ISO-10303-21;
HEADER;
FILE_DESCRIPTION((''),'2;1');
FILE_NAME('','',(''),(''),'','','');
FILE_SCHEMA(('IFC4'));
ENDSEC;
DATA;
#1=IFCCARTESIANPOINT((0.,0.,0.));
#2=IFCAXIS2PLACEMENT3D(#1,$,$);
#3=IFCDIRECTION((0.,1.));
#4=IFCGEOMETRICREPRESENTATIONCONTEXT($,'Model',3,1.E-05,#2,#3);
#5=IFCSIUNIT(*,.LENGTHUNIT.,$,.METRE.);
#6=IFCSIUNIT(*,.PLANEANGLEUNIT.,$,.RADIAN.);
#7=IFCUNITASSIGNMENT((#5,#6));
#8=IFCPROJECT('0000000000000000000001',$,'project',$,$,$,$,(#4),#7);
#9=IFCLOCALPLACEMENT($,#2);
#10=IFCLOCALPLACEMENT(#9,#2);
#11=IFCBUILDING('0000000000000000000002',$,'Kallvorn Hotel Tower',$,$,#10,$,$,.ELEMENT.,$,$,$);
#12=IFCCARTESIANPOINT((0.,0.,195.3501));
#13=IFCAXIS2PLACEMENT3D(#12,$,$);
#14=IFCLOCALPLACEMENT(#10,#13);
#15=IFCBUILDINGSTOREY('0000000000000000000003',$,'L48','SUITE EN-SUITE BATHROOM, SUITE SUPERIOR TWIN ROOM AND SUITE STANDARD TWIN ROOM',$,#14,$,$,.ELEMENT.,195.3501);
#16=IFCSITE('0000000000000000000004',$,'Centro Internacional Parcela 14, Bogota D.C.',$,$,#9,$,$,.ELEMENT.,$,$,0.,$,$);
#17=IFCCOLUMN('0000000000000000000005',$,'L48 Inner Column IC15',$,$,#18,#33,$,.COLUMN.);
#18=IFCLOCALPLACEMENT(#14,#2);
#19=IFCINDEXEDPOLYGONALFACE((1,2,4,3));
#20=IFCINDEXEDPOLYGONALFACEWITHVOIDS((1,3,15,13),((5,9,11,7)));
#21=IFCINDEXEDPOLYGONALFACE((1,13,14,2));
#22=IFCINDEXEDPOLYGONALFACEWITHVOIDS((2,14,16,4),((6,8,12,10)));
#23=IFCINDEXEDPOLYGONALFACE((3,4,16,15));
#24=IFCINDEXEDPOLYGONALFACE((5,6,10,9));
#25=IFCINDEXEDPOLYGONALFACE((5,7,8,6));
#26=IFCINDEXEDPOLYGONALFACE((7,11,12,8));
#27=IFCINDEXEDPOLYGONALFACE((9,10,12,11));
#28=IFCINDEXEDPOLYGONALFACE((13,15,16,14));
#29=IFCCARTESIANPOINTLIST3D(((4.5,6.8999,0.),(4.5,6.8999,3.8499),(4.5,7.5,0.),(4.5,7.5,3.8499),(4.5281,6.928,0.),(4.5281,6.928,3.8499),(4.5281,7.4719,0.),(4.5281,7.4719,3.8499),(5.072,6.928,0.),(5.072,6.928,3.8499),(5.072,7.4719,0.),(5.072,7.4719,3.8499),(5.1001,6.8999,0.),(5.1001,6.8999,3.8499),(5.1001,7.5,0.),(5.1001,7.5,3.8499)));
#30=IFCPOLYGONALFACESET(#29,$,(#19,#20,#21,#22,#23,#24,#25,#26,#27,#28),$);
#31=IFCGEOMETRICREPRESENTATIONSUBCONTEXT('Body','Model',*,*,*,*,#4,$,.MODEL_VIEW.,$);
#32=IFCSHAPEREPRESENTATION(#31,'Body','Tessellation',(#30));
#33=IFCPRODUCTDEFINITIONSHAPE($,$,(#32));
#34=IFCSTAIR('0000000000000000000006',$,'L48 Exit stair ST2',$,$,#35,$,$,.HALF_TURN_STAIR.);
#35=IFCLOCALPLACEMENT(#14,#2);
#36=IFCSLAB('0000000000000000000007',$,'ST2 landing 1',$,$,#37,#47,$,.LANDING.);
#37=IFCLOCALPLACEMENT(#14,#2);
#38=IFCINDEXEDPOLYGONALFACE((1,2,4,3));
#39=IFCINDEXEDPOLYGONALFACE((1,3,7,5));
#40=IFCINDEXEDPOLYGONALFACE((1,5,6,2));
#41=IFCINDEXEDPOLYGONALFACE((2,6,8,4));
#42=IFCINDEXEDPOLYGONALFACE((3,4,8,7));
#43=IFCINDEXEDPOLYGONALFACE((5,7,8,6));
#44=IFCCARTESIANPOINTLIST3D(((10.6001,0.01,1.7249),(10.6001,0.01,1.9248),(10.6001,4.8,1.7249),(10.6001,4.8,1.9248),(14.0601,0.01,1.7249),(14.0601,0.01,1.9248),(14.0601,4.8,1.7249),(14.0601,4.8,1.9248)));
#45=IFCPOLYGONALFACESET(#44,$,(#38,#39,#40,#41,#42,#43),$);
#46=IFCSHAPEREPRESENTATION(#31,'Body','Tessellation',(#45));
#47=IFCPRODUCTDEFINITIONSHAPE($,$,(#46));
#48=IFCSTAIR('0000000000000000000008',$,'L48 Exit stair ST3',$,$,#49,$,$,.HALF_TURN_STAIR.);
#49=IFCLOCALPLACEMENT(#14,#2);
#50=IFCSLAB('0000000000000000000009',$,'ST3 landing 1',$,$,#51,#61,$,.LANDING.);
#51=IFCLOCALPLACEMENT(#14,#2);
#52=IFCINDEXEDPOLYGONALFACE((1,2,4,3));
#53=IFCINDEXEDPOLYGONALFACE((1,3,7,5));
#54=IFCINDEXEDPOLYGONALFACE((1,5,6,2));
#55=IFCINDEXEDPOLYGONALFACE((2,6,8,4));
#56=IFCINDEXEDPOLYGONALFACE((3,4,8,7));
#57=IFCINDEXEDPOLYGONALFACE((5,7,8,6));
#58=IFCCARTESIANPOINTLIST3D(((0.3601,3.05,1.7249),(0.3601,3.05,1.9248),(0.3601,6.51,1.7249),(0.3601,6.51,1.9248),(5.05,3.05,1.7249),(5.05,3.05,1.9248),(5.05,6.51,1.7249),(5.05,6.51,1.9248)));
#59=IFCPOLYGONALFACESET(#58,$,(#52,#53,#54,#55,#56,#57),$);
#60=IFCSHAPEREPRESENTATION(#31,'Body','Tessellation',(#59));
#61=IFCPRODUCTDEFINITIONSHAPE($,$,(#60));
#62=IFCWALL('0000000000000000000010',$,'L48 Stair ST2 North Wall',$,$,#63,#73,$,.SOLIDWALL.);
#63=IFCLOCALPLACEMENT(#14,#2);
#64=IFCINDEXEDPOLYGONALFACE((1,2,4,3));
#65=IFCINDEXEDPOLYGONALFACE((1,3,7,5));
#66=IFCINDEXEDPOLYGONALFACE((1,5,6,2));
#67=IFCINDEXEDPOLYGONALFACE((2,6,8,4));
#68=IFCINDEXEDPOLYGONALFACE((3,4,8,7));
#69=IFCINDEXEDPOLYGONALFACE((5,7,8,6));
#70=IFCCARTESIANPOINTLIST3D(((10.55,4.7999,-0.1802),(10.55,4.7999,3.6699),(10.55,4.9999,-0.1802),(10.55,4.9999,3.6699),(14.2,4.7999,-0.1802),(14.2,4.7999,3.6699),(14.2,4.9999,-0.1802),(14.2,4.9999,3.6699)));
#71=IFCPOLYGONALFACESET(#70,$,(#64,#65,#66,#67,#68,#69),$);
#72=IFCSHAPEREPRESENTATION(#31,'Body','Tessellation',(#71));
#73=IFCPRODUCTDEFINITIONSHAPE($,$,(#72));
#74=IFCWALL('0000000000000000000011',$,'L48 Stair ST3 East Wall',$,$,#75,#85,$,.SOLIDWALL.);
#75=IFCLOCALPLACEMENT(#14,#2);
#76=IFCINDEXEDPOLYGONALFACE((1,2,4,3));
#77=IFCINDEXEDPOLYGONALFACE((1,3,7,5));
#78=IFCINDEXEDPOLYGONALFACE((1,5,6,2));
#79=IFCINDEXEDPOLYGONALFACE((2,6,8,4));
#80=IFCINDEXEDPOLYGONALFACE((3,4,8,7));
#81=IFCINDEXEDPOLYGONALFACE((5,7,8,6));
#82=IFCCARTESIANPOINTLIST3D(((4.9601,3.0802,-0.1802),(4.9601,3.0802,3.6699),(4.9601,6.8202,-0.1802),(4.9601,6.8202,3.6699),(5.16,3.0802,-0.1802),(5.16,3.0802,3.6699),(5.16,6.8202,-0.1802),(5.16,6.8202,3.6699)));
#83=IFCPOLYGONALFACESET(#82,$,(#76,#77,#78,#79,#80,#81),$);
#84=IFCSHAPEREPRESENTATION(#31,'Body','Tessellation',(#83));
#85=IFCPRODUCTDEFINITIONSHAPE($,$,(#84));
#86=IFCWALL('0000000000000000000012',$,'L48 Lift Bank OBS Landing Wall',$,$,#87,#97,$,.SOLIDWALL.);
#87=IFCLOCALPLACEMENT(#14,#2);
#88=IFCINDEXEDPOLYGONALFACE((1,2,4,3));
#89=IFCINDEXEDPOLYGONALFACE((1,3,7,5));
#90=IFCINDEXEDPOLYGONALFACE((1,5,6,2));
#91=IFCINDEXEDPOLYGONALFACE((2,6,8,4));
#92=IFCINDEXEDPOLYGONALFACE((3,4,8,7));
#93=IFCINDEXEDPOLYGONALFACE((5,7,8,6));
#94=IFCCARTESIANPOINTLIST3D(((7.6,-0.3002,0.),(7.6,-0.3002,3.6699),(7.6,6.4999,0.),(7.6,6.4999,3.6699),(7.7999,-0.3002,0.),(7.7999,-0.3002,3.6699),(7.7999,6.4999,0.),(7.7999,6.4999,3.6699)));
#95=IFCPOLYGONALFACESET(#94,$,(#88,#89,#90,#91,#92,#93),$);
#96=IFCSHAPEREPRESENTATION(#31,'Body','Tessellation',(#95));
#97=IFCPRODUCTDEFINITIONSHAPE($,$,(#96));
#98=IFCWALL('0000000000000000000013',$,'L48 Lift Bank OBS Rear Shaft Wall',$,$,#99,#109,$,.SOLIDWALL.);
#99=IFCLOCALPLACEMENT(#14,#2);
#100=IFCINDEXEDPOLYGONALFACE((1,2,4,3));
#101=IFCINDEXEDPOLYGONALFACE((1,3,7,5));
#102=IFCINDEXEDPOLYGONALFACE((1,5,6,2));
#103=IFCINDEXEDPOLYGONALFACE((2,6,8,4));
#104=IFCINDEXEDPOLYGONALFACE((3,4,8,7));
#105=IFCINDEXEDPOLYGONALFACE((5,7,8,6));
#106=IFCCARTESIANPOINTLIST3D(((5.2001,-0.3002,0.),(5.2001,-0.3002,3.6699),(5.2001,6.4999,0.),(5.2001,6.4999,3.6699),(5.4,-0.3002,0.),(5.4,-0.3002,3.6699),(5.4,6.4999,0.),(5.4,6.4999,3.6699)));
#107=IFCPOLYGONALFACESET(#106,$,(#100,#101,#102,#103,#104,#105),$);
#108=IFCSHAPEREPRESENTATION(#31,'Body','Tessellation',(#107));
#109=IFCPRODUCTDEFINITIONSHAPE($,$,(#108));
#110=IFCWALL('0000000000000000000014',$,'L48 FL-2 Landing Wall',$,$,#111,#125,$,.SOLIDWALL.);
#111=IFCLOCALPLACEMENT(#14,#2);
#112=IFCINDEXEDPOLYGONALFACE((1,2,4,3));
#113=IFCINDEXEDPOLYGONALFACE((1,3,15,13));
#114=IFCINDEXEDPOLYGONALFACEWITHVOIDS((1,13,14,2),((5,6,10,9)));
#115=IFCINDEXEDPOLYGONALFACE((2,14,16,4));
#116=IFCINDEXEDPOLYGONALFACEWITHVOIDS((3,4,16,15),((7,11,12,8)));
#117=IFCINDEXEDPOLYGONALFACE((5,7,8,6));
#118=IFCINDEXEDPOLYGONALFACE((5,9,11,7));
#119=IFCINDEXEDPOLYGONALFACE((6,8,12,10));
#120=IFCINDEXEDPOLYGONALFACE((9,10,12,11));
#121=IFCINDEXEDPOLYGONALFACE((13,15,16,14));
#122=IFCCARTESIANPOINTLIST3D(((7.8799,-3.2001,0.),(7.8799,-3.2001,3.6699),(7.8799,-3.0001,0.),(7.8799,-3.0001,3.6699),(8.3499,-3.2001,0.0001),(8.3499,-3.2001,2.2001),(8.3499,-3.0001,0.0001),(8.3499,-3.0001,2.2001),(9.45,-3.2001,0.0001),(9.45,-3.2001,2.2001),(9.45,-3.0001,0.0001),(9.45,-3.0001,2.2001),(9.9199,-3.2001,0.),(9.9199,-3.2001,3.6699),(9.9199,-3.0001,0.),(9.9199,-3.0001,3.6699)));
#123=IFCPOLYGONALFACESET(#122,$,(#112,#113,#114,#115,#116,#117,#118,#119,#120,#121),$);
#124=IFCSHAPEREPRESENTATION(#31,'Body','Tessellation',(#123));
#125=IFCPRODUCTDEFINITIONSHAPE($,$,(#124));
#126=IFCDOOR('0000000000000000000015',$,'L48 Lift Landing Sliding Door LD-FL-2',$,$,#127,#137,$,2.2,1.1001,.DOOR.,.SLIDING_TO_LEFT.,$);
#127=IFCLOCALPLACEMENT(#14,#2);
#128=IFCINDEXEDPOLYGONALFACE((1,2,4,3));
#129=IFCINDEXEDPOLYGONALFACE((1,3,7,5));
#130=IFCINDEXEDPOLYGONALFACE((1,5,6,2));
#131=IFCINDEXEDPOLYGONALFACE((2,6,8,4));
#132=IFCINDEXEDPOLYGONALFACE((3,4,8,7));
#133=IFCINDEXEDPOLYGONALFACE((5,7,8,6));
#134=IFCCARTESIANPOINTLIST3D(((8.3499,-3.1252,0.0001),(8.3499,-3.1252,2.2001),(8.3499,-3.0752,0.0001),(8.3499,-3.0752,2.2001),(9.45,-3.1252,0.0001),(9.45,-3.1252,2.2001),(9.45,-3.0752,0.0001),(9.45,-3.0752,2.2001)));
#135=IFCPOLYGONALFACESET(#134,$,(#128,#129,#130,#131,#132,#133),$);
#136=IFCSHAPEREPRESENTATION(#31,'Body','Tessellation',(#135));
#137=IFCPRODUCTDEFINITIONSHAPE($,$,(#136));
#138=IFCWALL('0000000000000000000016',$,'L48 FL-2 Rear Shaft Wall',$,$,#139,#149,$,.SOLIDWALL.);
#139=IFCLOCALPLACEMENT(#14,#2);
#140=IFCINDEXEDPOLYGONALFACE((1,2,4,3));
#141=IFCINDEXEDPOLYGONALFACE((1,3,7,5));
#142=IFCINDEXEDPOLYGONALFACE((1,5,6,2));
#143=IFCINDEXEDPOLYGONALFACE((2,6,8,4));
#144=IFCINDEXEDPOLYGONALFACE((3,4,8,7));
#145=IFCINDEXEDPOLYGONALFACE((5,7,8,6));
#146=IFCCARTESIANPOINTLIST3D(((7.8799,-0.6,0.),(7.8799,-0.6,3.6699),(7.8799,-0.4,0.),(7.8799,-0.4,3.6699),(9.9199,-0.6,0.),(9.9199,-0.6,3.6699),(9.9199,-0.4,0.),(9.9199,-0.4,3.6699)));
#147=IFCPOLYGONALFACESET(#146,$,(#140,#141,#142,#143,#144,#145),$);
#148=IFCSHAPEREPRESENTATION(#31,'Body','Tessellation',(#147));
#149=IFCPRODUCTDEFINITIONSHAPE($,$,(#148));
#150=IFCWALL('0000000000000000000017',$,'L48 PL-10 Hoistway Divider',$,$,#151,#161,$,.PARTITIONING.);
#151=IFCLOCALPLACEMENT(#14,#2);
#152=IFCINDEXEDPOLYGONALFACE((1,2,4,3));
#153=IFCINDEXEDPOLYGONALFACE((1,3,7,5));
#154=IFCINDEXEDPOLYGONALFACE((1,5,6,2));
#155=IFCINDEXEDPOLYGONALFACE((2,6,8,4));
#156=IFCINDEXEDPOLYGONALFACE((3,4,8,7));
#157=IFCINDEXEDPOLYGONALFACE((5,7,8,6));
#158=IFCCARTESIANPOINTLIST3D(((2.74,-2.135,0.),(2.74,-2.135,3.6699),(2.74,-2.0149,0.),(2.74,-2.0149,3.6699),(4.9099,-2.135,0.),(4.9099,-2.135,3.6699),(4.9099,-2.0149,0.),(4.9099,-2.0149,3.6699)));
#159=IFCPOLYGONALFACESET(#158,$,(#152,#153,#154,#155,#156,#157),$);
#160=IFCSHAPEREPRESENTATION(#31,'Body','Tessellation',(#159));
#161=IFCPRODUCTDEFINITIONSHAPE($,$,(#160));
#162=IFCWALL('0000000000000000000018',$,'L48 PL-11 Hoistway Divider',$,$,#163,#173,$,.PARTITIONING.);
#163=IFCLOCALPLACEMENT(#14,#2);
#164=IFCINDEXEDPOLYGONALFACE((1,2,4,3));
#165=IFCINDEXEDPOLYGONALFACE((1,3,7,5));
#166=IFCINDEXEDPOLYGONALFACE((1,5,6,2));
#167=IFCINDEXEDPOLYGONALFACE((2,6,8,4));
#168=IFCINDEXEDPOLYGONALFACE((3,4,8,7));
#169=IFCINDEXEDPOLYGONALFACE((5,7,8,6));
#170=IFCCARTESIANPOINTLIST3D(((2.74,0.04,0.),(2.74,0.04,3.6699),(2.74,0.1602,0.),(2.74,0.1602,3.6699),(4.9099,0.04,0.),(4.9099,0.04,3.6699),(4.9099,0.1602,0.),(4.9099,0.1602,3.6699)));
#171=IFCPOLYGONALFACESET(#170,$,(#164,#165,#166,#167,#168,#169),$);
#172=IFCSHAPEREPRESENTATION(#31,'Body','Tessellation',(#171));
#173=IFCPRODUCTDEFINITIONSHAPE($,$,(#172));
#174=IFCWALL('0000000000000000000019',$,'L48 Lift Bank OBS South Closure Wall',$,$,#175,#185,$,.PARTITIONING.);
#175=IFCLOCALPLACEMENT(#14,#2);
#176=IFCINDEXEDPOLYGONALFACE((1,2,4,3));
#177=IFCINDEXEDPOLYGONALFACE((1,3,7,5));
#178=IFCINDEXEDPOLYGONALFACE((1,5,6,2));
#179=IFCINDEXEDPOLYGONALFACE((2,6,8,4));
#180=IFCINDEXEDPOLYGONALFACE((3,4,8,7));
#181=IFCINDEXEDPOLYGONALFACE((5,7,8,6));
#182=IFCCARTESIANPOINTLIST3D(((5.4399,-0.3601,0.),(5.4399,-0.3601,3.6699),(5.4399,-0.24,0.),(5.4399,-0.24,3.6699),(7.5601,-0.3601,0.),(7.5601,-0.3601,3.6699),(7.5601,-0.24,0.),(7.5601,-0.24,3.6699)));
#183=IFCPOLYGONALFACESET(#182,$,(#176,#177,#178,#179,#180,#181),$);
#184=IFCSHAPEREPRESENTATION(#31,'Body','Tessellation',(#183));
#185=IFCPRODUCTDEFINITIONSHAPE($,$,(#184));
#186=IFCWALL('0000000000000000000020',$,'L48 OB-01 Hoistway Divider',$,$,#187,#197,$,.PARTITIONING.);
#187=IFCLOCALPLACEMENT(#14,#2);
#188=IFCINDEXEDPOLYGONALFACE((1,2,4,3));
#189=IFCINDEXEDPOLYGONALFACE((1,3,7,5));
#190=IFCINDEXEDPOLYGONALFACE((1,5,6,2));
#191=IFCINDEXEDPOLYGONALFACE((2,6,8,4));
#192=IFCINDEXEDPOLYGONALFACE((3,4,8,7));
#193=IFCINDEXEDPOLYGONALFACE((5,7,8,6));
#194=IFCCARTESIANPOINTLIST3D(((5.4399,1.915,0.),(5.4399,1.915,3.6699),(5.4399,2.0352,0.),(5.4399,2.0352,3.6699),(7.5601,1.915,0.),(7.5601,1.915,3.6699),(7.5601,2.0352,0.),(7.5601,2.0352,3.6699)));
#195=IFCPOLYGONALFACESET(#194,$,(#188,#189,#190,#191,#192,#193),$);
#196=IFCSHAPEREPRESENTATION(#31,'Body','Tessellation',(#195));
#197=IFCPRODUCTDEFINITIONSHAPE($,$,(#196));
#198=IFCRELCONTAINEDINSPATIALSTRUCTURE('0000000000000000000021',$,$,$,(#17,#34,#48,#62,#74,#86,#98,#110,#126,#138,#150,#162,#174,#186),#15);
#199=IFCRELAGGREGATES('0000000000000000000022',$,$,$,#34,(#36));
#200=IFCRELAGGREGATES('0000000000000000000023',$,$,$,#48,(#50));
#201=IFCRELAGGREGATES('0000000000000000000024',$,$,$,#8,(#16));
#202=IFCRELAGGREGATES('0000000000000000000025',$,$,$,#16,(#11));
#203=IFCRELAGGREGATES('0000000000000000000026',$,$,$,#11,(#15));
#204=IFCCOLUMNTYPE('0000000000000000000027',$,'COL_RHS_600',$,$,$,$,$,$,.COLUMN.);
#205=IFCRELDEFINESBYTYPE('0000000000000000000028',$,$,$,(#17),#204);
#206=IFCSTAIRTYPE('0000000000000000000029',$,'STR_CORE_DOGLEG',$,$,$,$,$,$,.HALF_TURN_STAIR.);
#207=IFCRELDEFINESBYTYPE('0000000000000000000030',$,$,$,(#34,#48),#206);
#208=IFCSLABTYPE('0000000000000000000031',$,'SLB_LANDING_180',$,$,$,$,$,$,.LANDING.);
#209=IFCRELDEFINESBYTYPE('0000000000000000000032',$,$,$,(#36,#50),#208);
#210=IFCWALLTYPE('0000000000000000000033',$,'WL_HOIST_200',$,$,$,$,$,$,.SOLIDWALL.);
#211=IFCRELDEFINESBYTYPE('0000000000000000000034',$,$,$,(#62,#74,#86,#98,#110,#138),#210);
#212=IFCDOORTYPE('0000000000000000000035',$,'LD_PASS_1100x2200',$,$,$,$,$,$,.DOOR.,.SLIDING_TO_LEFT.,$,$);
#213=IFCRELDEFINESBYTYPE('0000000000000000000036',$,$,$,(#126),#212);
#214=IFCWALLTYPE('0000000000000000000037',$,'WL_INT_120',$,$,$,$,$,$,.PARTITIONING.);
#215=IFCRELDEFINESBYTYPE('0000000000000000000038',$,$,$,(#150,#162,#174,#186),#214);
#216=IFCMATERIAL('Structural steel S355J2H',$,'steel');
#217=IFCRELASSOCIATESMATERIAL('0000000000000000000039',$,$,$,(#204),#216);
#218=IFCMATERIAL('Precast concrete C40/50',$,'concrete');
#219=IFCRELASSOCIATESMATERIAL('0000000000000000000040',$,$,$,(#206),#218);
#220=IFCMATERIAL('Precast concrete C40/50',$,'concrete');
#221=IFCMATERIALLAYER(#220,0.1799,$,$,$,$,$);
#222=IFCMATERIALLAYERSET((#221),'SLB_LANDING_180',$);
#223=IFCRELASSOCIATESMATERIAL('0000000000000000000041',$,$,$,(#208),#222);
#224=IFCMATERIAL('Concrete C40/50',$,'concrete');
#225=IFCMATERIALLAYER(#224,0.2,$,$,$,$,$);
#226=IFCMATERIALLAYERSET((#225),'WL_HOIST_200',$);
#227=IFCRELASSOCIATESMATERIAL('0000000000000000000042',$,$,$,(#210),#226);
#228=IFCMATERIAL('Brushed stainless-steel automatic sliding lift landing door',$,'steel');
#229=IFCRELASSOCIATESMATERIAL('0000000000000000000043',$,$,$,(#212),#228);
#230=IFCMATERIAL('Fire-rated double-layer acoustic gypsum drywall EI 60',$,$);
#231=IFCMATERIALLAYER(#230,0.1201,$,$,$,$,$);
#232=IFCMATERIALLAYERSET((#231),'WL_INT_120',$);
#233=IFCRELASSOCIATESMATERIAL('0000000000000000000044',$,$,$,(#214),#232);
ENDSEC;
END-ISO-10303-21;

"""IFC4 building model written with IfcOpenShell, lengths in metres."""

from ifc_helpers import new_model, si_unit, direction, frame, frame_2d, origin, origin_2d, place, context, subcontext, project, spatial, polyline, rectangle, hollow_rectangle, outline, extrude, material, layer, layer_set, material_profile, profile_set, type_object, element, fill, aggregate, save


model = new_model("IFC4")

# Units and contexts
model_context = context("Model", 3, precision=1e-05, world=origin(), true_north=direction((0.0, 1.0)))
body_context = subcontext(model_context, "Body", "Model", "MODEL_VIEW")
ifc_project = project(units=[si_unit("LENGTHUNIT", "METRE"), si_unit("PLANEANGLEUNIT", "RADIAN")], contexts=[model_context])

# Site, building, storey
site_placement = place(None, origin())
site = spatial("IfcSite", under=ifc_project, at=site_placement, Name="Centro Internacional Parcela 14, Bogota D.C.", CompositionType="ELEMENT", RefElevation=0.0)
building_placement = place(site_placement, origin())
building = spatial("IfcBuilding", under=site, at=building_placement, Name="Kallvorn Hotel Tower", CompositionType="ELEMENT")
storey_placement = place(building_placement, frame((0.0, 0.0, 195.3501)))
storey = spatial("IfcBuildingStorey", under=building, at=storey_placement, Name="L48", Description="SUITE EN-SUITE BATHROOM, SUITE SUPERIOR TWIN ROOM AND SUITE STANDARD TWIN ROOM", CompositionType="ELEMENT", Elevation=195.3501)

# Column
ifc_material_1 = material(Name="Structural steel S355J2H", Category="steel")
ifc_material_profile = material_profile(ifc_material_1, hollow_rectangle(XDim=0.6001, YDim=0.6001, WallThickness=0.0281, at=origin_2d()), Name="RHS 600x600x28")
ifc_profile_set = profile_set([ifc_material_profile], Name="Structural steel S355J2H")
column_type = type_object("IfcColumnType", Name="COL_RHS_600", PredefinedType="COLUMN", material=ifc_profile_set)
column_placement = place(storey_placement, frame((4.8, 7.2, 0.0), z_axis=(0.0, 0.0, 1.0), x_axis=(1.0, 0.0, 0.0)))
element("IfcColumn", 1, at=column_placement, inside=storey, type_object=column_type, Name="L48 Inner Column IC15", PredefinedType="COLUMN", context=body_context, shape_type="SweptSolid", body=[
    extrude(hollow_rectangle(XDim=0.6001, YDim=0.6001, WallThickness=0.0281, at=origin_2d()), origin(), (0.0, 0.0, 1.0), 3.8499),
])

# Stairs, slabs
ifc_material_2 = material(Name="Precast concrete C40/50", Category="concrete")
stair_type = type_object("IfcStairType", Name="STR_CORE_DOGLEG", PredefinedType="HALF_TURN_STAIR", material=ifc_material_2)
stair_1_placement = place(storey_placement, origin())
stair_1 = element("IfcStair", 2, at=stair_1_placement, inside=storey, type_object=stair_type, Name="L48 Exit stair ST2", PredefinedType="HALF_TURN_STAIR")
ifc_material_3 = material(Name="Precast concrete C40/50", Category="concrete")
ifc_layer_1 = layer(ifc_material_3, 0.1799)
ifc_layer_set_1 = layer_set([ifc_layer_1], Name="SLB_LANDING_180")
slab_type = type_object("IfcSlabType", Name="SLB_LANDING_180", PredefinedType="LANDING", material=ifc_layer_set_1)
slab_1_placement = place(storey_placement, frame((0.0, 0.0, 1.7249)))
slab_1 = element("IfcSlab", 3, at=slab_1_placement, type_object=slab_type, Name="ST2 landing 1", PredefinedType="LANDING", context=body_context, shape_type="SweptSolid", body=[
    extrude(outline(polyline([(14.0601, 0.01), (14.0601, 4.8), (10.6001, 4.8), (10.6001, 0.01), (14.0601, 0.01)])), origin(), (0.0, 0.0, 1.0), 0.2),
])
stair_2_placement = place(storey_placement, origin())
stair_2 = element("IfcStair", 4, at=stair_2_placement, inside=storey, type_object=stair_type, Name="L48 Exit stair ST3", PredefinedType="HALF_TURN_STAIR")
slab_2_placement = place(storey_placement, frame((0.0, 0.0, 1.7249)))
slab_2 = element("IfcSlab", 5, at=slab_2_placement, type_object=slab_type, Name="ST3 landing 1", PredefinedType="LANDING", context=body_context, shape_type="SweptSolid", body=[
    extrude(outline(polyline([(0.3601, 3.05), (5.05, 3.05), (5.05, 6.51), (0.3601, 6.51), (0.3601, 3.05)])), origin(), (0.0, 0.0, 1.0), 0.2),
])

# Walls
ifc_material_4 = material(Name="Concrete C40/50", Category="concrete")
ifc_layer_2 = layer(ifc_material_4, 0.2)
ifc_layer_set_2 = layer_set([ifc_layer_2], Name="WL_HOIST_200")
wall_type_1 = type_object("IfcWallType", Name="WL_HOIST_200", PredefinedType="SOLIDWALL", material=ifc_layer_set_2)
wall_1_placement = place(storey_placement, frame((10.55, 4.8999, -0.1802), z_axis=(0.0, 0.0, 1.0), x_axis=(1.0, 0.0, 0.0)))
element("IfcWall", 6, at=wall_1_placement, inside=storey, type_object=wall_type_1, Name="L48 Stair ST2 North Wall", PredefinedType="SOLIDWALL", context=body_context, shape_type="SweptSolid", body=[
    extrude(rectangle(XDim=3.6499, YDim=0.2, at=frame_2d((1.825, 0.0))), origin(), (0.0, 0.0, 1.0), 3.8501),
])
wall_2_placement = place(storey_placement, frame((5.0601, 3.0801, -0.1802), z_axis=(0.0, 0.0, 1.0), x_axis=(0.0, 1.0, 0.0)))
element("IfcWall", 7, at=wall_2_placement, inside=storey, type_object=wall_type_1, Name="L48 Stair ST3 East Wall", PredefinedType="SOLIDWALL", context=body_context, shape_type="SweptSolid", body=[
    extrude(rectangle(XDim=3.74, YDim=0.2, at=frame_2d((1.8701, 0.0))), origin(), (0.0, 0.0, 1.0), 3.8501),
])
for number, where, z_axis, x_axis, name in (
    (8, (7.7, -0.3, 0.0), (0.0, 0.0, 1.0), (0.0, 1.0, 0.0), "L48 Lift Bank OBS Landing Wall"),
    (9, (5.3, -0.3, 0.0), (0.0, 0.0, 1.0), (0.0, 1.0, 0.0), "L48 Lift Bank OBS Rear Shaft Wall"),
):
    element("IfcWall", number, at=place(storey_placement, frame(where, z_axis=z_axis, x_axis=x_axis)), inside=storey, type_object=wall_type_1, Name=name, PredefinedType="SOLIDWALL", context=body_context, shape_type="SweptSolid", body=[
        extrude(rectangle(XDim=6.8, YDim=0.2, at=frame_2d((3.3999, 0.0))), origin(), (0.0, 0.0, 1.0), 3.6699),
    ])

# Wall, opening, door
wall_3_placement = place(storey_placement, frame((7.8799, -3.1001, 0.0), z_axis=(0.0, 0.0, 1.0), x_axis=(1.0, 0.0, 0.0)))
wall_3 = element("IfcWall", 10, at=wall_3_placement, inside=storey, type_object=wall_type_1, Name="L48 FL-2 Landing Wall", PredefinedType="SOLIDWALL", context=body_context, shape_type="SweptSolid", body=[
    extrude(rectangle(XDim=2.04, YDim=0.2, at=frame_2d((1.02, 0.0))), origin(), (0.0, 0.0, 1.0), 3.6699),
])
opening_1_placement = place(wall_3_placement, frame((0.47, 0.0, 0.0)))
opening_1 = element("IfcOpeningElement", 11, at=opening_1_placement, cuts=wall_3, PredefinedType="OPENING", context=body_context, shape_type="SweptSolid", body=[
    extrude(rectangle(XDim=1.1001, YDim=2.2, at=frame_2d((0.55, 1.1001))), frame((0.0, 0.115, 0.0), z_axis=(0.0, -1.0, 0.0), x_axis=(1.0, 0.0, 0.0)), (0.0, 0.0, 1.0), 0.23),
])
ifc_material_5 = material(Name="Brushed stainless-steel automatic sliding lift landing door", Category="steel")
door_type_1 = type_object("IfcDoorType", Name="LD_PASS_1100x2200", OperationType="SLIDING_TO_LEFT", PredefinedType="DOOR", material=ifc_material_5)
door_1_placement = place(opening_1_placement, origin())
door_1 = element("IfcDoor", 12, at=door_1_placement, inside=storey, type_object=door_type_1, Name="L48 Lift Landing Sliding Door LD-FL-2", OperationType="SLIDING_TO_LEFT", OverallHeight=2.2, OverallWidth=1.1001, PredefinedType="DOOR", context=body_context, shape_type="SweptSolid", body=[
    extrude(rectangle(XDim=1.1001, YDim=2.2, at=frame_2d((0.55, 1.1001))), frame((0.0, 0.0249, 0.0), z_axis=(0.0, -1.0, 0.0), x_axis=(1.0, 0.0, 0.0)), (0.0, 0.0, 1.0), 0.05),
])
fill(opening_1, door_1)

# Walls
wall_4_placement = place(storey_placement, frame((7.8799, -0.5, 0.0), z_axis=(0.0, 0.0, 1.0), x_axis=(1.0, 0.0, 0.0)))
element("IfcWall", 13, at=wall_4_placement, inside=storey, type_object=wall_type_1, Name="L48 FL-2 Rear Shaft Wall", PredefinedType="SOLIDWALL", context=body_context, shape_type="SweptSolid", body=[
    extrude(rectangle(XDim=2.04, YDim=0.2, at=frame_2d((1.02, 0.0))), origin(), (0.0, 0.0, 1.0), 3.6699),
])
ifc_material_6 = material(Name="Fire-rated double-layer acoustic gypsum drywall EI 60")
ifc_layer_3 = layer(ifc_material_6, 0.1201)
ifc_layer_set_3 = layer_set([ifc_layer_3], Name="WL_INT_120")
wall_type_2 = type_object("IfcWallType", Name="WL_INT_120", PredefinedType="PARTITIONING", material=ifc_layer_set_3)
for number, where, z_axis, x_axis, name in (
    (14, (2.74, -2.075, 0.0), (0.0, 0.0, 1.0), (1.0, 0.0, 0.0), "L48 PL-10 Hoistway Divider"),
    (15, (2.74, 0.1001, 0.0), (0.0, 0.0, 1.0), (1.0, 0.0, 0.0), "L48 PL-11 Hoistway Divider"),
):
    element("IfcWall", number, at=place(storey_placement, frame(where, z_axis=z_axis, x_axis=x_axis)), inside=storey, type_object=wall_type_2, Name=name, PredefinedType="PARTITIONING", context=body_context, shape_type="SweptSolid", body=[
        extrude(rectangle(XDim=2.1699, YDim=0.1201, at=frame_2d((1.085, 0.0))), origin(), (0.0, 0.0, 1.0), 3.6699),
    ])
for number, where, z_axis, x_axis, name in (
    (16, (5.4399, -0.3, 0.0), (0.0, 0.0, 1.0), (1.0, 0.0, 0.0), "L48 Lift Bank OBS South Closure Wall"),
    (17, (5.4399, 1.9751, 0.0), (0.0, 0.0, 1.0), (1.0, 0.0, 0.0), "L48 OB-01 Hoistway Divider"),
):
    element("IfcWall", number, at=place(storey_placement, frame(where, z_axis=z_axis, x_axis=x_axis)), inside=storey, type_object=wall_type_2, Name=name, PredefinedType="PARTITIONING", context=body_context, shape_type="SweptSolid", body=[
        extrude(rectangle(XDim=2.1201, YDim=0.1201, at=frame_2d((1.0601, 0.0))), origin(), (0.0, 0.0, 1.0), 3.6699),
    ])

aggregate(stair_1, [slab_1])
aggregate(stair_2, [slab_2])

save(model, "model.ifc")
